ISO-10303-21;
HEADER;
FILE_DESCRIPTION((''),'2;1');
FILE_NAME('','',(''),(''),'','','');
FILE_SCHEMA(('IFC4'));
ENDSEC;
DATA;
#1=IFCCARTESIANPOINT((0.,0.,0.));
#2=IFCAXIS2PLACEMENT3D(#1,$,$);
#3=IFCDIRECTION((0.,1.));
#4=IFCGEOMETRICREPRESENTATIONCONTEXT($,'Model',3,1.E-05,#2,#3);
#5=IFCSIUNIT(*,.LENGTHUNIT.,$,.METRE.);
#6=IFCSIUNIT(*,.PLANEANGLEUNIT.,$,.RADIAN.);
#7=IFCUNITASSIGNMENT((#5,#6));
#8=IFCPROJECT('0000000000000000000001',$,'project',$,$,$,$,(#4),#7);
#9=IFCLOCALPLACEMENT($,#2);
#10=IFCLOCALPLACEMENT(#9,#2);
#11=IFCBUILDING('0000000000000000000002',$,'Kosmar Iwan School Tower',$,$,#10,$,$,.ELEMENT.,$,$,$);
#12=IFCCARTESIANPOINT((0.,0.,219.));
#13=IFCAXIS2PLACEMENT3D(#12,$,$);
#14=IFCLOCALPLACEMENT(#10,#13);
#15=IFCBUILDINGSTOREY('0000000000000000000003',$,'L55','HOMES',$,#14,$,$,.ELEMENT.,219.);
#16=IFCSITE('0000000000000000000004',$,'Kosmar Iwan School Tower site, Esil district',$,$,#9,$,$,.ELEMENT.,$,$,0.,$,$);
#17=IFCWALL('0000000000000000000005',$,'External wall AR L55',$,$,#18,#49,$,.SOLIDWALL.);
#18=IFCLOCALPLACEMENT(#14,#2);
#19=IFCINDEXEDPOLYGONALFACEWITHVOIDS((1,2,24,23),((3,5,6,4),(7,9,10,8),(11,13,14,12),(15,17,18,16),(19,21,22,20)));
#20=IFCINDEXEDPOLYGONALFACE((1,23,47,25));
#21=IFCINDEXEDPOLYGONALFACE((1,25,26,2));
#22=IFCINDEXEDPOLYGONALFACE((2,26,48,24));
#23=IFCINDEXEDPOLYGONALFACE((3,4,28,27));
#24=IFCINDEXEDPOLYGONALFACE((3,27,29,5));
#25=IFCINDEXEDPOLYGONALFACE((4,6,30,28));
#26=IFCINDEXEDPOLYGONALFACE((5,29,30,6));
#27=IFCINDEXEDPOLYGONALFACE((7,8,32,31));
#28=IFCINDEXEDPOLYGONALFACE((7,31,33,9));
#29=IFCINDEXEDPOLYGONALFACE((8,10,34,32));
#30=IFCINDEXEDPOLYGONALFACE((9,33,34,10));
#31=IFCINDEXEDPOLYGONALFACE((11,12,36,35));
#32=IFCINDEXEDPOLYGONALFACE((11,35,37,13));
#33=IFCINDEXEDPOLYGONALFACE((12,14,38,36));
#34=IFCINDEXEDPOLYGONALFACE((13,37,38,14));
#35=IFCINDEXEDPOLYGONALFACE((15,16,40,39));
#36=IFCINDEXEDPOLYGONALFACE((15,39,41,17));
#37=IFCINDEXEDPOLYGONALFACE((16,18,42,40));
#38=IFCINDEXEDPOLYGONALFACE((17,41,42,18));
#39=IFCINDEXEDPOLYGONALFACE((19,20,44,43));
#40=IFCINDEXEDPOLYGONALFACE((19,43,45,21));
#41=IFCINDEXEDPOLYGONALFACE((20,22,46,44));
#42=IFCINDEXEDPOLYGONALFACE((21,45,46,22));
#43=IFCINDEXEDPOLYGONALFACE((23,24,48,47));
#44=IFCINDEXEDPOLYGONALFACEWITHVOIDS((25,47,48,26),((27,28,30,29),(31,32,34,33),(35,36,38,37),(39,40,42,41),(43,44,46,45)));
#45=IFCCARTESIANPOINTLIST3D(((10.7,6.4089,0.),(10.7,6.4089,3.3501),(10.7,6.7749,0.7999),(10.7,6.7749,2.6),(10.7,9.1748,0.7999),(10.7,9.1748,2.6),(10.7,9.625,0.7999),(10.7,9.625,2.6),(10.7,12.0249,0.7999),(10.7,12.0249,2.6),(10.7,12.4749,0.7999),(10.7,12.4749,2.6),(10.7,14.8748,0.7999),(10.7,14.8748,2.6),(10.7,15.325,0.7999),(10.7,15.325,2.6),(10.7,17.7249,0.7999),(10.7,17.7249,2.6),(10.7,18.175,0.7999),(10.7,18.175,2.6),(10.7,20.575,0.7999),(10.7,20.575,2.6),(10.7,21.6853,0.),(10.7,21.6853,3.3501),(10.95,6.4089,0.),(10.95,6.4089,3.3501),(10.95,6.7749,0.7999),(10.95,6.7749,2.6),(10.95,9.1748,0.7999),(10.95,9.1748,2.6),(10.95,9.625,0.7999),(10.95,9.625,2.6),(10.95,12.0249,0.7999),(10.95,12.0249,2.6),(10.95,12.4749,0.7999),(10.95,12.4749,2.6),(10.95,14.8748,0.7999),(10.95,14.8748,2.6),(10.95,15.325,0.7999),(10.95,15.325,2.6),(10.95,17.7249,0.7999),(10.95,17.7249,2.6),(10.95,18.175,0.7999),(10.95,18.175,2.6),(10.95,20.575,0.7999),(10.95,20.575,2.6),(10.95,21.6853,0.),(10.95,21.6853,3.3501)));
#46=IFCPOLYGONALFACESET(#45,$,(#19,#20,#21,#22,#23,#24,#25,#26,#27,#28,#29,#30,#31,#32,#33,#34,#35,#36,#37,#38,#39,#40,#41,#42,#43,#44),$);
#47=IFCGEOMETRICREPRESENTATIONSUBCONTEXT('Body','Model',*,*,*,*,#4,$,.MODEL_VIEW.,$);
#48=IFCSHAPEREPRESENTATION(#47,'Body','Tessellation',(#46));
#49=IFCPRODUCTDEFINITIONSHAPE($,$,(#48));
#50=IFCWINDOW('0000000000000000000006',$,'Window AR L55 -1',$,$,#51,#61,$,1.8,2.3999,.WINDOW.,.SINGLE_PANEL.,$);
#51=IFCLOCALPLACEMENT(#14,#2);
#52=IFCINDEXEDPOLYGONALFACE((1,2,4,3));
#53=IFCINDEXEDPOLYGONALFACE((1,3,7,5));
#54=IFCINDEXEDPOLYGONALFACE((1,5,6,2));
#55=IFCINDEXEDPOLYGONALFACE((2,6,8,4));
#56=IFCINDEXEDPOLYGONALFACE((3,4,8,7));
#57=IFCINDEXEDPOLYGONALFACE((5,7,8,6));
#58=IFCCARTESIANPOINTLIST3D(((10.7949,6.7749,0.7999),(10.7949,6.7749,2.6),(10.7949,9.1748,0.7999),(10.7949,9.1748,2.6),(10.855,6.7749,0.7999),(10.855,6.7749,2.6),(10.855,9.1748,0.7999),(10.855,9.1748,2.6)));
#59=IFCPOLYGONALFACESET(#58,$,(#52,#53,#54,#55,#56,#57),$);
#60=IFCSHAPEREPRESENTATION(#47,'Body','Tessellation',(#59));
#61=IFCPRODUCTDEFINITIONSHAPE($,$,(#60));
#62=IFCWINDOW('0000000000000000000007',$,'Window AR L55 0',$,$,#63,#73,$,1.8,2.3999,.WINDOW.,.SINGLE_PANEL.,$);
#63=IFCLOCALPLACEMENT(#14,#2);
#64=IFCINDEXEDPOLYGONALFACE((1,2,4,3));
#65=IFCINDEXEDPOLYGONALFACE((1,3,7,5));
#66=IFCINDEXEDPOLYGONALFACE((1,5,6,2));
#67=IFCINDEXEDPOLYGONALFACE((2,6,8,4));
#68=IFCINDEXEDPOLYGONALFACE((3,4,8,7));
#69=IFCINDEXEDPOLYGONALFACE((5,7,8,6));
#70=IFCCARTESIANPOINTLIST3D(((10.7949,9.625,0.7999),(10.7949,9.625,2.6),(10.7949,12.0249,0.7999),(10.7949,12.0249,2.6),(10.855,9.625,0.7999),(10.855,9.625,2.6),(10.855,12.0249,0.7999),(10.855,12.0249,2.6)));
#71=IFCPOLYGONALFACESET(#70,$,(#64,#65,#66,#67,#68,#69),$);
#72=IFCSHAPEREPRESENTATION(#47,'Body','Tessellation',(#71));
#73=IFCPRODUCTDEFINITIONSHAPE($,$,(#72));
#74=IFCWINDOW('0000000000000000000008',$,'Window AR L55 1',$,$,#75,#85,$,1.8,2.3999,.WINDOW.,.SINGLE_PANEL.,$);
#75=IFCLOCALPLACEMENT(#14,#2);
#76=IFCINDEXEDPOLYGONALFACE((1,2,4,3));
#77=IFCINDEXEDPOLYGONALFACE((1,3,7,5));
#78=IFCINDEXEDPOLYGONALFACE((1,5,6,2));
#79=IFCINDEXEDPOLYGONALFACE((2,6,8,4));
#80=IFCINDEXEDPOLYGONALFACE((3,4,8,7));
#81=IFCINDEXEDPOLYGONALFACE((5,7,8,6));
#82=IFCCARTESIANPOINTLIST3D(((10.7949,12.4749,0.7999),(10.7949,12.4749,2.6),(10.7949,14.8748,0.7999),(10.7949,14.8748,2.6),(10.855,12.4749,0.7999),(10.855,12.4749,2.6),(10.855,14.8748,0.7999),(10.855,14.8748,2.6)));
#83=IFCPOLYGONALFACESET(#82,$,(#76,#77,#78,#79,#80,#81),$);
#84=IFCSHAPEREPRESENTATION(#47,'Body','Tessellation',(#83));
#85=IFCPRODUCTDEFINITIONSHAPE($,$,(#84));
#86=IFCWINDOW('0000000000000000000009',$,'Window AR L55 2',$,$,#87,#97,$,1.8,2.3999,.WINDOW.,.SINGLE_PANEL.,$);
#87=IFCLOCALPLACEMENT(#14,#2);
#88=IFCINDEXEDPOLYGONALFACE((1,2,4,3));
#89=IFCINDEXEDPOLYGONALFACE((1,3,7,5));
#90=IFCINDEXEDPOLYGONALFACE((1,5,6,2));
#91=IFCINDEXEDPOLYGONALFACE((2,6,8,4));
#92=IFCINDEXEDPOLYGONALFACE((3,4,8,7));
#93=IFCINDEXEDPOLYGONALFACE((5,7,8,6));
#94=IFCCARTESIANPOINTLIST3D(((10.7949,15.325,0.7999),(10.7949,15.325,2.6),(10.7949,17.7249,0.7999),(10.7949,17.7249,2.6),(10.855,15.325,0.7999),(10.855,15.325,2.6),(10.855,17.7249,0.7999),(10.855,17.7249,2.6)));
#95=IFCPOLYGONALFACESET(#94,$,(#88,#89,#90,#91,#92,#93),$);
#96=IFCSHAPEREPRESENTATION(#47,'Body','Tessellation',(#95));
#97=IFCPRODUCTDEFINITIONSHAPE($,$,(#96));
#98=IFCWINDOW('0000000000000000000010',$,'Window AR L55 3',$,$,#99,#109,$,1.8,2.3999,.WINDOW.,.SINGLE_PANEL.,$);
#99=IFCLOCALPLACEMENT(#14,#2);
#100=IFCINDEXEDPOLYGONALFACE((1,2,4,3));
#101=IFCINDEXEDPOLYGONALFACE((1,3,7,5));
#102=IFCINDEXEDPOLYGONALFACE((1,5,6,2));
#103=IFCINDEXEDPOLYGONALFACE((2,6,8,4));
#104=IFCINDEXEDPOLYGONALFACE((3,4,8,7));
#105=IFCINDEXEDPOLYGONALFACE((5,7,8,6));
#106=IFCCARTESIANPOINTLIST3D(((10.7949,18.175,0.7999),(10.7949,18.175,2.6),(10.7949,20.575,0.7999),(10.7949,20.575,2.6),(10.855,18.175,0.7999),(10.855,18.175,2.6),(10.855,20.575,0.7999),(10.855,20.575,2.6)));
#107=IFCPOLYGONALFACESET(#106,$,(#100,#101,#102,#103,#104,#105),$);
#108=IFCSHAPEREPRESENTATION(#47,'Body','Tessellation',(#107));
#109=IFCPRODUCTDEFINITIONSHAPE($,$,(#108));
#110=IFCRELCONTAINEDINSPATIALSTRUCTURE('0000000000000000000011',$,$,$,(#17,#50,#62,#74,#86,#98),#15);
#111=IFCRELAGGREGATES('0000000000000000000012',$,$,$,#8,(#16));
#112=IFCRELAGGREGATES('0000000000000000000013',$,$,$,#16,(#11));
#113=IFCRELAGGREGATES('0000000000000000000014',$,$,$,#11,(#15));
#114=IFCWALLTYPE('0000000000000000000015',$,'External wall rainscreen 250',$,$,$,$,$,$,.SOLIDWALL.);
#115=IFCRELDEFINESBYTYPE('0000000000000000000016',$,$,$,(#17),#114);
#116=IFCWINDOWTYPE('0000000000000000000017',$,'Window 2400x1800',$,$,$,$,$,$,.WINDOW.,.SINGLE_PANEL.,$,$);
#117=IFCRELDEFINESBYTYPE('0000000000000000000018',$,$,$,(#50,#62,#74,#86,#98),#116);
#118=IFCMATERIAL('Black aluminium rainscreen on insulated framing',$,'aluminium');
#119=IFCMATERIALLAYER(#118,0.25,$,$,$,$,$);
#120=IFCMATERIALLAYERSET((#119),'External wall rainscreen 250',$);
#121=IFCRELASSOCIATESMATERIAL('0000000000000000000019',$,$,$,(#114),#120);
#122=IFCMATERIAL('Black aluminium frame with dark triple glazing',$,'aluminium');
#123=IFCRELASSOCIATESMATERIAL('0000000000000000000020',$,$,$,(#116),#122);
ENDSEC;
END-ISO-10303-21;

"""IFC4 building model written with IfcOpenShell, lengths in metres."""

from ifc_helpers import new_model, si_unit, direction, frame, frame_2d, origin, place, context, subcontext, project, spatial, rectangle, extrude, material, layer, layer_set, type_object, element, fill, save


model = new_model("IFC4")

# Units and contexts
model_context = context("Model", 3, precision=1e-05, world=origin(), true_north=direction((0.0, 1.0)))
body_context = subcontext(model_context, "Body", "Model", "MODEL_VIEW")
ifc_project = project(units=[si_unit("LENGTHUNIT", "METRE"), si_unit("PLANEANGLEUNIT", "RADIAN")], contexts=[model_context])

# Site, building, storey
site_placement = place(None, origin())
site = spatial("IfcSite", under=ifc_project, at=site_placement, Name="Kosmar Iwan School Tower site, Esil district", CompositionType="ELEMENT", RefElevation=0.0)
building_placement = place(site_placement, origin())
building = spatial("IfcBuilding", under=site, at=building_placement, Name="Kosmar Iwan School Tower", CompositionType="ELEMENT")
storey_placement = place(building_placement, frame((0.0, 0.0, 219.0)))
storey = spatial("IfcBuildingStorey", under=building, at=storey_placement, Name="L55", Description="HOMES", CompositionType="ELEMENT", Elevation=219.0)

# Wall, openings, windows
ifc_material_1 = material(Name="Black aluminium rainscreen on insulated framing", Category="aluminium")
ifc_layer_1 = layer(ifc_material_1, 0.25)
ifc_layer_set_1 = layer_set([ifc_layer_1], Name="External wall rainscreen 250")
wall_type_1 = type_object("IfcWallType", Name="External wall rainscreen 250", PredefinedType="SOLIDWALL", material=ifc_layer_set_1)
ifc_material_2 = material(Name="Black aluminium frame with dark triple glazing", Category="aluminium")
window_type = type_object("IfcWindowType", Name="Window 2400x1800", PartitioningType="SINGLE_PANEL", PredefinedType="WINDOW", material=ifc_material_2)
wall_1_placement = place(storey_placement, frame((10.825, 6.4089, 0.0), z_axis=(0.0, 0.0, 1.0), x_axis=(0.0, 1.0, 0.0)))
wall_1 = element("IfcWall", 1, at=wall_1_placement, inside=storey, type_object=wall_type_1, Name="External wall AR L55", PredefinedType="SOLIDWALL", context=body_context, shape_type="SweptSolid", body=[
    extrude(rectangle(XDim=15.2764, YDim=0.25, at=frame_2d((7.6382, 0.0))), origin(), (0.0, 0.0, 1.0), 3.3501),
])
opening_1_placement = place(wall_1_placement, frame((0.366, 0.0, 0.8)))
opening_1 = element("IfcOpeningElement", 2, at=opening_1_placement, cuts=wall_1, PredefinedType="OPENING", context=body_context, shape_type="SweptSolid", body=[
    extrude(rectangle(XDim=2.3999, YDim=1.8, at=frame_2d((1.2, 0.8999))), frame((0.0, 0.137, 0.0), z_axis=(0.0, -1.0, 0.0), x_axis=(1.0, 0.0, 0.0)), (0.0, 0.0, 1.0), 0.2739),
])
opening_2_placement = place(wall_1_placement, frame((3.2161, 0.0, 0.8)))
opening_2 = element("IfcOpeningElement", 3, at=opening_2_placement, cuts=wall_1, PredefinedType="OPENING", context=body_context, shape_type="SweptSolid", body=[
    extrude(rectangle(XDim=2.3999, YDim=1.8, at=frame_2d((1.2, 0.8999))), frame((0.0, 0.137, 0.0), z_axis=(0.0, -1.0, 0.0), x_axis=(1.0, 0.0, 0.0)), (0.0, 0.0, 1.0), 0.2739),
])
opening_3_placement = place(wall_1_placement, frame((6.0659, 0.0, 0.8)))
opening_3 = element("IfcOpeningElement", 4, at=opening_3_placement, cuts=wall_1, PredefinedType="OPENING", context=body_context, shape_type="SweptSolid", body=[
    extrude(rectangle(XDim=2.3999, YDim=1.8, at=frame_2d((1.2, 0.8999))), frame((0.0, 0.137, 0.0), z_axis=(0.0, -1.0, 0.0), x_axis=(1.0, 0.0, 0.0)), (0.0, 0.0, 1.0), 0.2739),
])
opening_4_placement = place(wall_1_placement, frame((8.916, 0.0, 0.8)))
opening_4 = element("IfcOpeningElement", 5, at=opening_4_placement, cuts=wall_1, PredefinedType="OPENING", context=body_context, shape_type="SweptSolid", body=[
    extrude(rectangle(XDim=2.3999, YDim=1.8, at=frame_2d((1.2, 0.8999))), frame((0.0, 0.137, 0.0), z_axis=(0.0, -1.0, 0.0), x_axis=(1.0, 0.0, 0.0)), (0.0, 0.0, 1.0), 0.2739),
])
opening_5_placement = place(wall_1_placement, frame((11.7661, 0.0, 0.8)))
opening_5 = element("IfcOpeningElement", 6, at=opening_5_placement, cuts=wall_1, PredefinedType="OPENING", context=body_context, shape_type="SweptSolid", body=[
    extrude(rectangle(XDim=2.3999, YDim=1.8, at=frame_2d((1.2, 0.8999))), frame((0.0, 0.137, 0.0), z_axis=(0.0, -1.0, 0.0), x_axis=(1.0, 0.0, 0.0)), (0.0, 0.0, 1.0), 0.2739),
])
window_1_placement = place(opening_1_placement, origin())
window_1 = element("IfcWindow", 7, at=window_1_placement, inside=storey, type_object=window_type, Name="Window AR L55 -1", OverallHeight=1.8, OverallWidth=2.3999, PartitioningType="SINGLE_PANEL", PredefinedType="WINDOW", context=body_context, shape_type="SweptSolid", body=[
    extrude(rectangle(XDim=2.3999, YDim=1.8, at=frame_2d((1.2, 0.8999))), frame((0.0, 0.03, 0.0), z_axis=(0.0, -1.0, 0.0), x_axis=(1.0, 0.0, 0.0)), (0.0, 0.0, 1.0), 0.0601),
])
fill(opening_1, window_1)
window_2_placement = place(opening_2_placement, origin())
window_2 = element("IfcWindow", 8, at=window_2_placement, inside=storey, type_object=window_type, Name="Window AR L55 0", OverallHeight=1.8, OverallWidth=2.3999, PartitioningType="SINGLE_PANEL", PredefinedType="WINDOW", context=body_context, shape_type="SweptSolid", body=[
    extrude(rectangle(XDim=2.3999, YDim=1.8, at=frame_2d((1.2, 0.8999))), frame((0.0, 0.03, 0.0), z_axis=(0.0, -1.0, 0.0), x_axis=(1.0, 0.0, 0.0)), (0.0, 0.0, 1.0), 0.0601),
])
fill(opening_2, window_2)
window_3_placement = place(opening_3_placement, origin())
window_3 = element("IfcWindow", 9, at=window_3_placement, inside=storey, type_object=window_type, Name="Window AR L55 1", OverallHeight=1.8, OverallWidth=2.3999, PartitioningType="SINGLE_PANEL", PredefinedType="WINDOW", context=body_context, shape_type="SweptSolid", body=[
    extrude(rectangle(XDim=2.3999, YDim=1.8, at=frame_2d((1.2, 0.8999))), frame((0.0, 0.03, 0.0), z_axis=(0.0, -1.0, 0.0), x_axis=(1.0, 0.0, 0.0)), (0.0, 0.0, 1.0), 0.0601),
])
fill(opening_3, window_3)
window_4_placement = place(opening_4_placement, origin())
window_4 = element("IfcWindow", 10, at=window_4_placement, inside=storey, type_object=window_type, Name="Window AR L55 2", OverallHeight=1.8, OverallWidth=2.3999, PartitioningType="SINGLE_PANEL", PredefinedType="WINDOW", context=body_context, shape_type="SweptSolid", body=[
    extrude(rectangle(XDim=2.3999, YDim=1.8, at=frame_2d((1.2, 0.8999))), frame((0.0, 0.03, 0.0), z_axis=(0.0, -1.0, 0.0), x_axis=(1.0, 0.0, 0.0)), (0.0, 0.0, 1.0), 0.0601),
])
fill(opening_4, window_4)
window_5_placement = place(opening_5_placement, origin())
window_5 = element("IfcWindow", 11, at=window_5_placement, inside=storey, type_object=window_type, Name="Window AR L55 3", OverallHeight=1.8, OverallWidth=2.3999, PartitioningType="SINGLE_PANEL", PredefinedType="WINDOW", context=body_context, shape_type="SweptSolid", body=[
    extrude(rectangle(XDim=2.3999, YDim=1.8, at=frame_2d((1.2, 0.8999))), frame((0.0, 0.03, 0.0), z_axis=(0.0, -1.0, 0.0), x_axis=(1.0, 0.0, 0.0)), (0.0, 0.0, 1.0), 0.0601),
])
fill(opening_5, window_5)

save(model, "model.ifc")
